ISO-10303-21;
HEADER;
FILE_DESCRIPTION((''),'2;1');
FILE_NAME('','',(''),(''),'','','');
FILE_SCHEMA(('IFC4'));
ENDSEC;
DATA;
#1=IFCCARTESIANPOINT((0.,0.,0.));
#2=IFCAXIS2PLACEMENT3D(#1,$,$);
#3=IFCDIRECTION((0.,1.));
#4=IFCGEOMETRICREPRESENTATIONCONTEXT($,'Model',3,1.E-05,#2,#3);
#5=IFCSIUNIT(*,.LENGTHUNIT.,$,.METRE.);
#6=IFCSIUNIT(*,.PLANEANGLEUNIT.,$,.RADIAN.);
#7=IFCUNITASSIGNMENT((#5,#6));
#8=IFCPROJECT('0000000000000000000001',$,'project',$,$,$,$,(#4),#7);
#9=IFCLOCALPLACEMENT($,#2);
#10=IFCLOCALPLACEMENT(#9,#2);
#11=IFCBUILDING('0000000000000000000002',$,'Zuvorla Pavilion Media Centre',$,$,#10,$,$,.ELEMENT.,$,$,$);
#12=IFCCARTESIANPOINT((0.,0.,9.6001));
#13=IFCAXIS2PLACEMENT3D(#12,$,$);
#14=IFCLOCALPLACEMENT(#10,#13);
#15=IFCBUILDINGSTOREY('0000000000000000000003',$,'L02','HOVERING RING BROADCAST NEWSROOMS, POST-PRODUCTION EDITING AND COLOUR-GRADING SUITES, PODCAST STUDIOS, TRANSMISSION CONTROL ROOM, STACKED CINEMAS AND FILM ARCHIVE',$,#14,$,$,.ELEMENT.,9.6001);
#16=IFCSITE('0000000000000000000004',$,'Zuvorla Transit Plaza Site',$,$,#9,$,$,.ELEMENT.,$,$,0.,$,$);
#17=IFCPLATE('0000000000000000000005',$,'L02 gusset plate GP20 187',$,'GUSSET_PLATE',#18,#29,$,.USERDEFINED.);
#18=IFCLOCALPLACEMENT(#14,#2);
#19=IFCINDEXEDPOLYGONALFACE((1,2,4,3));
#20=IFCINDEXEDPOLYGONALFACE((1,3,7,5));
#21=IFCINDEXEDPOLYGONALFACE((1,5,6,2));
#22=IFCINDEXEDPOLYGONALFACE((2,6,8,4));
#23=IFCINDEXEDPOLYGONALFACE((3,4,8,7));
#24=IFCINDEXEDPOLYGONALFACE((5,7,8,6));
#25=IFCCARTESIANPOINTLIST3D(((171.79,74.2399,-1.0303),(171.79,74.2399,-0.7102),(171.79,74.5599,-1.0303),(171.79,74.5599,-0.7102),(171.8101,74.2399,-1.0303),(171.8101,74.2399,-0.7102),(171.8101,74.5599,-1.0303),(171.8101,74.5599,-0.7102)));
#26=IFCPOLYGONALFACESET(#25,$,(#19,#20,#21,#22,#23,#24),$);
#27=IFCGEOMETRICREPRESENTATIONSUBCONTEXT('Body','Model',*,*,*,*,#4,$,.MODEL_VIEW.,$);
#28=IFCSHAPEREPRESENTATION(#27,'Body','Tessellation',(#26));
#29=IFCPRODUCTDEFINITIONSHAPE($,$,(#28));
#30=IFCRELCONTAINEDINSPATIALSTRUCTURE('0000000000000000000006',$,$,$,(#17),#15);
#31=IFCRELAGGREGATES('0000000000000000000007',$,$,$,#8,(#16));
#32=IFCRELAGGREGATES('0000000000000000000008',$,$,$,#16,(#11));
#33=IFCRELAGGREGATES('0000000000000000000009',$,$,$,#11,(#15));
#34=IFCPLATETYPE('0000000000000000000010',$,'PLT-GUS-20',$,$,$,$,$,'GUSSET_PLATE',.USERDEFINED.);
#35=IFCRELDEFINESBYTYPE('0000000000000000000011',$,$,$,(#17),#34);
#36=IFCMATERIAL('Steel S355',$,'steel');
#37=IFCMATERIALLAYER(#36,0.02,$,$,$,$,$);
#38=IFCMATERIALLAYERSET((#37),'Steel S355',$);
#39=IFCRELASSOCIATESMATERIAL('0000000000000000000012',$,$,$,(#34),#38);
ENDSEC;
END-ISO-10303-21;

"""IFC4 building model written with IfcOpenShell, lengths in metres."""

from ifc_helpers import new_model, si_unit, direction, frame, origin, origin_2d, place, context, subcontext, project, spatial, rectangle, extrude, material, layer, layer_set, type_object, element, save


model = new_model("IFC4")

# Units and contexts
model_context = context("Model", 3, precision=1e-05, world=origin(), true_north=direction((0.0, 1.0)))
body_context = subcontext(model_context, "Body", "Model", "MODEL_VIEW")
ifc_project = project(units=[si_unit("LENGTHUNIT", "METRE"), si_unit("PLANEANGLEUNIT", "RADIAN")], contexts=[model_context])

# Site, building, storey
site_placement = place(None, origin())
site = spatial("IfcSite", under=ifc_project, at=site_placement, Name="Zuvorla Transit Plaza Site", CompositionType="ELEMENT", RefElevation=0.0)
building_placement = place(site_placement, origin())
building = spatial("IfcBuilding", under=site, at=building_placement, Name="Zuvorla Pavilion Media Centre", CompositionType="ELEMENT")
storey_placement = place(building_placement, frame((0.0, 0.0, 9.6001)))
storey = spatial("IfcBuildingStorey", under=building, at=storey_placement, Name="L02", Description="HOVERING RING BROADCAST NEWSROOMS, POST-PRODUCTION EDITING AND COLOUR-GRADING SUITES, PODCAST STUDIOS, TRANSMISSION CONTROL ROOM, STACKED CINEMAS AND FILM ARCHIVE", CompositionType="ELEMENT", Elevation=9.6001)

# Shared definitions
ifc_material_1 = material(Name="Steel S355", Category="steel")

# Plate
ifc_layer_1 = layer(ifc_material_1, 0.02)
ifc_layer_set_1 = layer_set([ifc_layer_1], Name="Steel S355")
plate_type_1 = type_object("IfcPlateType", Name="PLT-GUS-20", ElementType="GUSSET_PLATE", PredefinedType="USERDEFINED", material=ifc_layer_set_1)
for number, where, z_axis, x_axis, name in (
    (1, (171.8, 74.3999, -1.0303), (0.0, 0.0, 1.0), (1.0, 0.0, 0.0), "L02 gusset plate GP20 187"),
):
    element("IfcPlate", number, at=place(storey_placement, frame(where, z_axis=z_axis, x_axis=x_axis)), inside=storey, type_object=plate_type_1, Name=name, ObjectType="GUSSET_PLATE", PredefinedType="USERDEFINED", context=body_context, shape_type="SweptSolid", body=[
        extrude(rectangle(XDim=0.02, YDim=0.3201, at=origin_2d()), origin(), (0.0, 0.0, 1.0), 0.3201),
    ])

save(model, "model.ifc")
